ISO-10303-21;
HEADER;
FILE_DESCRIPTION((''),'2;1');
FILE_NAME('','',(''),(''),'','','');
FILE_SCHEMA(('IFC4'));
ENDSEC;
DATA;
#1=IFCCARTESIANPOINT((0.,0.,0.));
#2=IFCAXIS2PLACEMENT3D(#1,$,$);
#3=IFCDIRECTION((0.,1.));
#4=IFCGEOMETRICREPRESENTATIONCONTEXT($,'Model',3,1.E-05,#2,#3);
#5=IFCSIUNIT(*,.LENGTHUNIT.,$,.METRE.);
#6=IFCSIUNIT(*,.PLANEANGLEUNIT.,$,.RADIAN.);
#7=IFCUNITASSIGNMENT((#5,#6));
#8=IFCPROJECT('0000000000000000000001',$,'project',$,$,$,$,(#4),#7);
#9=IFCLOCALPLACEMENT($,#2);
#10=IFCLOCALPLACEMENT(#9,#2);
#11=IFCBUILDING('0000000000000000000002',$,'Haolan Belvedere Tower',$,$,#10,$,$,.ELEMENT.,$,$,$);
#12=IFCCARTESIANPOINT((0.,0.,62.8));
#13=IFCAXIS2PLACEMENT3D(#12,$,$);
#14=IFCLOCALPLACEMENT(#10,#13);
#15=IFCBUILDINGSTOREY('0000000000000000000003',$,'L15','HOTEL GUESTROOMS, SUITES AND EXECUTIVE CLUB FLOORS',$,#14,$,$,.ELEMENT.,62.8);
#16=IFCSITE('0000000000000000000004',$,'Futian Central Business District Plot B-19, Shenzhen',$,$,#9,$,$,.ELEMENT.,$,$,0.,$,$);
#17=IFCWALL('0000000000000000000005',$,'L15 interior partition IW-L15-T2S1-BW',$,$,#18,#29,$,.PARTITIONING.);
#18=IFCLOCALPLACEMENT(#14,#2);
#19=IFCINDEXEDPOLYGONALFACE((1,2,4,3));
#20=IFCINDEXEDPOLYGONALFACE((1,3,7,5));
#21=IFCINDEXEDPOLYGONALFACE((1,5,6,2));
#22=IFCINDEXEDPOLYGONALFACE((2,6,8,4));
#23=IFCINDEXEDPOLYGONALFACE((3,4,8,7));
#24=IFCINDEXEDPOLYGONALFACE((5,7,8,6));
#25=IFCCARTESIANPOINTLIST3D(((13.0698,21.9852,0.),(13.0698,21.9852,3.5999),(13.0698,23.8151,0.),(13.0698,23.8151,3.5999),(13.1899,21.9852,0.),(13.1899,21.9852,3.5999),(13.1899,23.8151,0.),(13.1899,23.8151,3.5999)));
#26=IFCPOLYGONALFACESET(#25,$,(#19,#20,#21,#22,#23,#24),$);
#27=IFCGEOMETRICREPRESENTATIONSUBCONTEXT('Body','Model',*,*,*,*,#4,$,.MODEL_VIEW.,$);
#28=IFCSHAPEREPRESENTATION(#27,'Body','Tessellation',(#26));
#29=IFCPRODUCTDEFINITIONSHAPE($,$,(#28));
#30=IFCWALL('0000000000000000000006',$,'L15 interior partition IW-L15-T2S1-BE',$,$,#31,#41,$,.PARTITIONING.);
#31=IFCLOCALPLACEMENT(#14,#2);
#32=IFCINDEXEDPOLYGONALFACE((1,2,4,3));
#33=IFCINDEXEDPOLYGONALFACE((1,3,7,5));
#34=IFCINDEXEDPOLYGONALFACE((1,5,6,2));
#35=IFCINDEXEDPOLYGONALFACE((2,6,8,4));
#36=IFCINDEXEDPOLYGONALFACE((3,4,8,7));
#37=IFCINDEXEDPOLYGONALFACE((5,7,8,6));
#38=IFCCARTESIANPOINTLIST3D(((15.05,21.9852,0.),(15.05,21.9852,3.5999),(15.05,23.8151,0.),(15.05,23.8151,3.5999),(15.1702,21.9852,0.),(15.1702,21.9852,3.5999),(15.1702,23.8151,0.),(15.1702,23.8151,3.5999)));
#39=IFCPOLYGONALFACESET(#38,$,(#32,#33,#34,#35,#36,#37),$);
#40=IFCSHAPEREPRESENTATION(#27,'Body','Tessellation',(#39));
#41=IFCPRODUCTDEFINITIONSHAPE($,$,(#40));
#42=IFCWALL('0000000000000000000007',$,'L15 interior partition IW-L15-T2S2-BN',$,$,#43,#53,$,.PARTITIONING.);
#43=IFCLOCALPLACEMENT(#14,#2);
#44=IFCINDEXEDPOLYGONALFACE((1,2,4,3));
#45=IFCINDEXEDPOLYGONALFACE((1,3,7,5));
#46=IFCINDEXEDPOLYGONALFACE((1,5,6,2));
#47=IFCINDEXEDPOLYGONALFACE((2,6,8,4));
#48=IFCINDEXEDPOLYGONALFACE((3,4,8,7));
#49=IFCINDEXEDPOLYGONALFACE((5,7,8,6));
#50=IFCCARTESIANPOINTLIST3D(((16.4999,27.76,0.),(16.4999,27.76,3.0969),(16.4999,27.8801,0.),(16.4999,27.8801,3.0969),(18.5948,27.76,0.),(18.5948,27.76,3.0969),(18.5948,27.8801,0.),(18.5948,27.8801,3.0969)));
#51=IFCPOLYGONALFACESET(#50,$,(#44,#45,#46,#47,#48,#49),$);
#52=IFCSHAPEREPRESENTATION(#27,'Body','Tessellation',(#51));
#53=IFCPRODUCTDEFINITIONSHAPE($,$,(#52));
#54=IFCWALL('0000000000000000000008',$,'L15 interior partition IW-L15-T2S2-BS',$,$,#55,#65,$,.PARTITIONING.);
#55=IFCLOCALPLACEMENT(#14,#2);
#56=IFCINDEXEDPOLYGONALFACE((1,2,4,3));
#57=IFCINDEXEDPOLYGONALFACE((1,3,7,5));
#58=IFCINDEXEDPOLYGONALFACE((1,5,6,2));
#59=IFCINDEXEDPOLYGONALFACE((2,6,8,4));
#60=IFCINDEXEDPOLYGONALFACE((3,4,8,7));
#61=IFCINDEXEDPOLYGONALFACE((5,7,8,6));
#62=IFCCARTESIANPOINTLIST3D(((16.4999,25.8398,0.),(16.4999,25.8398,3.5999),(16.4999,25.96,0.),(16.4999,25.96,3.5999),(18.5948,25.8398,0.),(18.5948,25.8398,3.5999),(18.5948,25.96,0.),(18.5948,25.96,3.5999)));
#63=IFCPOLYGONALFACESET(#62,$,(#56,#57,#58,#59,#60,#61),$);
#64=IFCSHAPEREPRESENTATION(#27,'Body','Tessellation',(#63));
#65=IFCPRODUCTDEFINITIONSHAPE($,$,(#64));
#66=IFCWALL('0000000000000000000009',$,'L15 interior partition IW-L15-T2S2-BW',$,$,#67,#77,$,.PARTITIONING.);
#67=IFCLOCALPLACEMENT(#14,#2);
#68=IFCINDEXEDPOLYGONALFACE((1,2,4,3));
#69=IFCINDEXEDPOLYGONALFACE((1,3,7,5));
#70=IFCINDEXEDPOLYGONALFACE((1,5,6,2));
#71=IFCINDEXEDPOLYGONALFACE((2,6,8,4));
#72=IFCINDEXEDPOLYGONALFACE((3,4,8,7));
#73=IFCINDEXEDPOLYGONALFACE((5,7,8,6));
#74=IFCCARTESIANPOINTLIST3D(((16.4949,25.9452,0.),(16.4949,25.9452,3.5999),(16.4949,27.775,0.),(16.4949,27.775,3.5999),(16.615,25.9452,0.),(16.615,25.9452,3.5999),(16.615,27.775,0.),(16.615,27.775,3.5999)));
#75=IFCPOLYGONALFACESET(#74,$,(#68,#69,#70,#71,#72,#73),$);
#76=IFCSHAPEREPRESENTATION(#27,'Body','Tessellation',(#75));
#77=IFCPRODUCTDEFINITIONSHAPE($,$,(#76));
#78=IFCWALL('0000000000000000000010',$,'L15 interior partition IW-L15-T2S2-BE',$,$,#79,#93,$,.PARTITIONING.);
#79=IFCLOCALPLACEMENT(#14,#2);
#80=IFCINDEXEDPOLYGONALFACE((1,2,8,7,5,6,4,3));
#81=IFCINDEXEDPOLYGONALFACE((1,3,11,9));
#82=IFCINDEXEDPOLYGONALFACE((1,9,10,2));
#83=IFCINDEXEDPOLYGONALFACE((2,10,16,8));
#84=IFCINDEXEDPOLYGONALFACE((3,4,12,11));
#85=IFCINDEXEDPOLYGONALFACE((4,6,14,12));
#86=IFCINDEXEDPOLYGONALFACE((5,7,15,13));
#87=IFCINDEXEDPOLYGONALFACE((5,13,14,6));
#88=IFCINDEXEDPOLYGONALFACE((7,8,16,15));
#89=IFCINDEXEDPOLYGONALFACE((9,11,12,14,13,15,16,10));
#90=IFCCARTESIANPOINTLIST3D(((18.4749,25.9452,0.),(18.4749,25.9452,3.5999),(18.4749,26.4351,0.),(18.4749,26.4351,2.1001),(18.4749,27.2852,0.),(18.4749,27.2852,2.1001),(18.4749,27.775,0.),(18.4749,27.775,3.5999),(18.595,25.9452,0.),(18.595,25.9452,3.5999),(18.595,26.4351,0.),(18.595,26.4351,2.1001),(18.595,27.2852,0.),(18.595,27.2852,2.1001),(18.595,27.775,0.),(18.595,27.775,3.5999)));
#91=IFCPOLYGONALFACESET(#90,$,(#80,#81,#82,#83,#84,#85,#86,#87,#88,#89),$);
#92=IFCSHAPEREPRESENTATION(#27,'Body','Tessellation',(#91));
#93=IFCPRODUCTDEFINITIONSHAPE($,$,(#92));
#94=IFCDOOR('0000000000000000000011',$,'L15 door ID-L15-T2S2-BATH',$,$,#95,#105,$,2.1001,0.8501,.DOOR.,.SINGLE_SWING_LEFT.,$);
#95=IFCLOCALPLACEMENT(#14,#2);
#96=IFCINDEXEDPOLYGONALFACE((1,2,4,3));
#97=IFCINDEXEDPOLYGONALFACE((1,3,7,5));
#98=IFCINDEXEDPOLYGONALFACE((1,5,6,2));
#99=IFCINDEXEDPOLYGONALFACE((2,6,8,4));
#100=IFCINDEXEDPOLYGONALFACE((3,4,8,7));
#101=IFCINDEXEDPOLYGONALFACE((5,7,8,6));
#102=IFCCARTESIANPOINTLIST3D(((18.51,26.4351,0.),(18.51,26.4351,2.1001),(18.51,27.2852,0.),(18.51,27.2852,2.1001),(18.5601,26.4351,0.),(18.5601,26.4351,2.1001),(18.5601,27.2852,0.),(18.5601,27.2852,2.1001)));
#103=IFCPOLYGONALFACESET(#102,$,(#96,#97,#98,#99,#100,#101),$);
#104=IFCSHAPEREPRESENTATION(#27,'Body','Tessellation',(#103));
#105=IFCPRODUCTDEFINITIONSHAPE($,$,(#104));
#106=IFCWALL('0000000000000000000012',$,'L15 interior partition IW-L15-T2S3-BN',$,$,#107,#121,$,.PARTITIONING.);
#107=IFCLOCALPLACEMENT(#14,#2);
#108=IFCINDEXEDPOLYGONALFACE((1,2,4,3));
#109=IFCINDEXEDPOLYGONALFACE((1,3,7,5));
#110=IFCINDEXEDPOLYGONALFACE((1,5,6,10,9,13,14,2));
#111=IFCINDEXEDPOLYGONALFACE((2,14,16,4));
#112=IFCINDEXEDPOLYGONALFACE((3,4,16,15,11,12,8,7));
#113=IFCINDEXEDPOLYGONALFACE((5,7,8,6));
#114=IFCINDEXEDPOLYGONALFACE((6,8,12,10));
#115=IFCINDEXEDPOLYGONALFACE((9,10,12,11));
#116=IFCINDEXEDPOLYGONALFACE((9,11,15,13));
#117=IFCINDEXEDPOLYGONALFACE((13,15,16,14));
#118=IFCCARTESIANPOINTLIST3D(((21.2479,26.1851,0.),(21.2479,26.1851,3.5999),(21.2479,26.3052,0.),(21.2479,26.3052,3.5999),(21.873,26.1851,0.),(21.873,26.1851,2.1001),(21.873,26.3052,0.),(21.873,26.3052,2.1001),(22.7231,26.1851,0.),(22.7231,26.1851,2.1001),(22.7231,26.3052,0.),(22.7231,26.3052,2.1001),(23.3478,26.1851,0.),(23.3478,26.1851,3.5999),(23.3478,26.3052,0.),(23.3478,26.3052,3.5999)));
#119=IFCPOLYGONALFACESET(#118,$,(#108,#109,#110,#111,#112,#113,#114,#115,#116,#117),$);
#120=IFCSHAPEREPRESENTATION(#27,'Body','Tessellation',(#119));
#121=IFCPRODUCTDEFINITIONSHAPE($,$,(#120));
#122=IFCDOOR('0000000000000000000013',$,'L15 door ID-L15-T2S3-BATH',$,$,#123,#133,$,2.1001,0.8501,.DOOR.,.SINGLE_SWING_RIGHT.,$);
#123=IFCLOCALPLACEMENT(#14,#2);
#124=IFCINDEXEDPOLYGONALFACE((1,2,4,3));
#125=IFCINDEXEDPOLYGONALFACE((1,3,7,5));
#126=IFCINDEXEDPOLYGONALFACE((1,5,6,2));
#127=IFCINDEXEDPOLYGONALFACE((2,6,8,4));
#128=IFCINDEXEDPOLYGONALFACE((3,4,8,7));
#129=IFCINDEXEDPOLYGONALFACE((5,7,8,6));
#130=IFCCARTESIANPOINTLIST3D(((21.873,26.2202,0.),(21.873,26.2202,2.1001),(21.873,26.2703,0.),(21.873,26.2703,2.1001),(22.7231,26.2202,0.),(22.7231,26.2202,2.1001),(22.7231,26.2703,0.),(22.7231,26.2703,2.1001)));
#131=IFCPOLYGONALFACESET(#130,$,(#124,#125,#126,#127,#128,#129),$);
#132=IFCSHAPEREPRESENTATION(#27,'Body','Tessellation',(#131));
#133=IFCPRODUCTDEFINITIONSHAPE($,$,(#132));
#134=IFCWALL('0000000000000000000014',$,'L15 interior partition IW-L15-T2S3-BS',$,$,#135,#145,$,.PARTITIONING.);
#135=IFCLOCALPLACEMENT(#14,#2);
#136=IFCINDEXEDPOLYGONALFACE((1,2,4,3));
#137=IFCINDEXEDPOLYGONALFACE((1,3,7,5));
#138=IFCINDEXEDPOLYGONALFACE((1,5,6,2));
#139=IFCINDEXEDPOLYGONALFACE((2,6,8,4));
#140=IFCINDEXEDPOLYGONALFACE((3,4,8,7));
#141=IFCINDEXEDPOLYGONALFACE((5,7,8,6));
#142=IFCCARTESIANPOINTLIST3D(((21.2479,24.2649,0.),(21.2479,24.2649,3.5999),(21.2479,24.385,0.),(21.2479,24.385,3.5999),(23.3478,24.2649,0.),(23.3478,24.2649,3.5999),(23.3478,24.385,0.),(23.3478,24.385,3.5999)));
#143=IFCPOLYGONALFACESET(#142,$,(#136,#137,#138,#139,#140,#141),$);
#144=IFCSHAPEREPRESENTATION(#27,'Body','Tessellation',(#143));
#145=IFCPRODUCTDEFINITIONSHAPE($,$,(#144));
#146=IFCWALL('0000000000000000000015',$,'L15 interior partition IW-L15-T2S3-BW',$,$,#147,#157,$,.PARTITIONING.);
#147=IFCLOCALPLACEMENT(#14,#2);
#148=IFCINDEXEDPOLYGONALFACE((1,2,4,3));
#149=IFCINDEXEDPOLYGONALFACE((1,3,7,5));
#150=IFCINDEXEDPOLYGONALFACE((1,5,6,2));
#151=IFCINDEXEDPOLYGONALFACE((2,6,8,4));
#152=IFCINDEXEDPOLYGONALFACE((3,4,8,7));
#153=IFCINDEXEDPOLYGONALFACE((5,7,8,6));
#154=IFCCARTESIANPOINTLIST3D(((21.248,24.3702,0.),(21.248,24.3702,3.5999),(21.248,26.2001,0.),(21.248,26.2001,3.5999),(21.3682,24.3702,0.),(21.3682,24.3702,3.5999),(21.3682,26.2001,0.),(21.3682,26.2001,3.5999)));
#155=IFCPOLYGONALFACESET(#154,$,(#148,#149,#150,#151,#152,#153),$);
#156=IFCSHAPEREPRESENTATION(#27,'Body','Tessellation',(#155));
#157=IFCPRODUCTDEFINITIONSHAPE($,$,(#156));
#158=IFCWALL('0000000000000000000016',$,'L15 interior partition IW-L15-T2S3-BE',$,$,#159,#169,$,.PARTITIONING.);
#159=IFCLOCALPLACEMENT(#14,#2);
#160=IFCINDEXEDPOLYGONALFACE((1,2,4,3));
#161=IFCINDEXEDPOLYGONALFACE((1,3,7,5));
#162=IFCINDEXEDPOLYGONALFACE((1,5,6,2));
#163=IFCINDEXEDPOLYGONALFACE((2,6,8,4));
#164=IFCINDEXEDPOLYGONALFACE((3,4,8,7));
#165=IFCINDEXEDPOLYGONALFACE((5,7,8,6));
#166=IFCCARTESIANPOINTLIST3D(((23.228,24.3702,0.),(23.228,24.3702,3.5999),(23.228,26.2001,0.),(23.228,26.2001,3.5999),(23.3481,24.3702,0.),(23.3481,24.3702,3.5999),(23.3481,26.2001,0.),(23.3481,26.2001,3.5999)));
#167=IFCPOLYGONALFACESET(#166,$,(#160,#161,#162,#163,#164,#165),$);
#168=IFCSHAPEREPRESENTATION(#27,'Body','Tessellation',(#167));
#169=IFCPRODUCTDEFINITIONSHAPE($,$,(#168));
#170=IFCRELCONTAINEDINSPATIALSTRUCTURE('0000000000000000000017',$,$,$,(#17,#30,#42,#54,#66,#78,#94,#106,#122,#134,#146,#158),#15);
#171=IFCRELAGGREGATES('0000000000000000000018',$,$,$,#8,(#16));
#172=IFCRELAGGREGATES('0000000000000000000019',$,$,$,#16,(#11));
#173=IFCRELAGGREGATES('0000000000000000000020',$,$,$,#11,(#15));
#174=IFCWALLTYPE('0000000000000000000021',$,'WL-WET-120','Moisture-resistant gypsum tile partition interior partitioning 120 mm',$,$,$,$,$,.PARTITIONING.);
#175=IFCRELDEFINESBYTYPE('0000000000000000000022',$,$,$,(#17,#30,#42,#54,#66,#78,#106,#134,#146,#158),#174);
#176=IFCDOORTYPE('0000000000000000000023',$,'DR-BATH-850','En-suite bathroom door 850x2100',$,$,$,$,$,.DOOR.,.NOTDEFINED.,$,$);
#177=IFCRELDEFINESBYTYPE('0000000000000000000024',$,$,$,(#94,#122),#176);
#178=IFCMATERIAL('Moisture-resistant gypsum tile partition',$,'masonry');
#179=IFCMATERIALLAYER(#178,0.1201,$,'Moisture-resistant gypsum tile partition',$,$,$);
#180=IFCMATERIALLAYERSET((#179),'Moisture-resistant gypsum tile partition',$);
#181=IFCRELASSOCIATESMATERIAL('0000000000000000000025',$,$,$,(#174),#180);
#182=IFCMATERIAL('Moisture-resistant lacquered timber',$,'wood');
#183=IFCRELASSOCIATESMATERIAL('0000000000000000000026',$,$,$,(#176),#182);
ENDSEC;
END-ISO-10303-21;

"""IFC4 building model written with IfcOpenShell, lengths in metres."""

from ifc_helpers import new_model, si_unit, direction, frame, frame_2d, origin, place, context, subcontext, project, spatial, rectangle, extrude, material, layer, layer_set, type_object, element, fill, save


model = new_model("IFC4")

# Units and contexts
model_context = context("Model", 3, precision=1e-05, world=origin(), true_north=direction((0.0, 1.0)))
body_context = subcontext(model_context, "Body", "Model", "MODEL_VIEW")
ifc_project = project(units=[si_unit("LENGTHUNIT", "METRE"), si_unit("PLANEANGLEUNIT", "RADIAN")], contexts=[model_context])

# Site, building, storey
site_placement = place(None, origin())
site = spatial("IfcSite", under=ifc_project, at=site_placement, Name="Futian Central Business District Plot B-19, Shenzhen", CompositionType="ELEMENT", RefElevation=0.0)
building_placement = place(site_placement, origin())
building = spatial("IfcBuilding", under=site, at=building_placement, Name="Haolan Belvedere Tower", CompositionType="ELEMENT")
storey_placement = place(building_placement, frame((0.0, 0.0, 62.8)))
storey = spatial("IfcBuildingStorey", under=building, at=storey_placement, Name="L15", Description="HOTEL GUESTROOMS, SUITES AND EXECUTIVE CLUB FLOORS", CompositionType="ELEMENT", Elevation=62.8)

# Walls
ifc_material_1 = material(Name="Moisture-resistant gypsum tile partition", Category="masonry")
ifc_layer_1 = layer(ifc_material_1, 0.1201, Name="Moisture-resistant gypsum tile partition")
ifc_layer_set_1 = layer_set([ifc_layer_1], Name="Moisture-resistant gypsum tile partition")
wall_type_1 = type_object("IfcWallType", Name="WL-WET-120", Description="Moisture-resistant gypsum tile partition interior partitioning 120 mm", PredefinedType="PARTITIONING", material=ifc_layer_set_1)
for number, where, z_axis, x_axis, name in (
    (1, (13.1299, 21.9851, 0.0), (0.0, 0.0, 1.0), (0.0, 1.0, 0.0), "L15 interior partition IW-L15-T2S1-BW"),
    (2, (15.1101, 21.9851, 0.0), (0.0, 0.0, 1.0), (0.0, 1.0, 0.0), "L15 interior partition IW-L15-T2S1-BE"),
):
    element("IfcWall", number, at=place(storey_placement, frame(where, z_axis=z_axis, x_axis=x_axis)), inside=storey, type_object=wall_type_1, Name=name, PredefinedType="PARTITIONING", context=body_context, shape_type="SweptSolid", body=[
        extrude(rectangle(XDim=1.8298, YDim=0.1201, at=frame_2d((0.915, 0.0))), origin(), (0.0, 0.0, 1.0), 3.5999),
    ])
wall_1_placement = place(storey_placement, frame((16.5, 27.8201, 0.0), z_axis=(0.0, 0.0, 1.0), x_axis=(1.0, 0.0, 0.0)))
element("IfcWall", 3, at=wall_1_placement, inside=storey, type_object=wall_type_1, Name="L15 interior partition IW-L15-T2S2-BN", PredefinedType="PARTITIONING", context=body_context, shape_type="SweptSolid", body=[
    extrude(rectangle(XDim=2.095, YDim=0.1201, at=frame_2d((1.0474, 0.0))), origin(), (0.0, 0.0, 1.0), 3.0969),
])
wall_2_placement = place(storey_placement, frame((16.5, 25.8999, 0.0), z_axis=(0.0, 0.0, 1.0), x_axis=(1.0, 0.0, 0.0)))
element("IfcWall", 4, at=wall_2_placement, inside=storey, type_object=wall_type_1, Name="L15 interior partition IW-L15-T2S2-BS", PredefinedType="PARTITIONING", context=body_context, shape_type="SweptSolid", body=[
    extrude(rectangle(XDim=2.095, YDim=0.1201, at=frame_2d((1.0474, 0.0))), origin(), (0.0, 0.0, 1.0), 3.5999),
])
wall_3_placement = place(storey_placement, frame((16.5549, 25.9451, 0.0), z_axis=(0.0, 0.0, 1.0), x_axis=(0.0, 1.0, 0.0)))
element("IfcWall", 5, at=wall_3_placement, inside=storey, type_object=wall_type_1, Name="L15 interior partition IW-L15-T2S2-BW", PredefinedType="PARTITIONING", context=body_context, shape_type="SweptSolid", body=[
    extrude(rectangle(XDim=1.8298, YDim=0.1201, at=frame_2d((0.915, 0.0))), origin(), (0.0, 0.0, 1.0), 3.5999),
])

# Walls, openings, doors
wall_4_placement = place(storey_placement, frame((18.5349, 25.9451, 0.0), z_axis=(0.0, 0.0, 1.0), x_axis=(0.0, 1.0, 0.0)))
wall_4 = element("IfcWall", 6, at=wall_4_placement, inside=storey, type_object=wall_type_1, Name="L15 interior partition IW-L15-T2S2-BE", PredefinedType="PARTITIONING", context=body_context, shape_type="SweptSolid", body=[
    extrude(rectangle(XDim=1.8298, YDim=0.1201, at=frame_2d((0.915, 0.0))), origin(), (0.0, 0.0, 1.0), 3.5999),
])
opening_1_placement = place(wall_4_placement, frame((0.49, 0.0, 0.0)))
opening_1 = element("IfcOpeningElement", 7, at=opening_1_placement, cuts=wall_4, PredefinedType="OPENING", context=body_context, shape_type="SweptSolid", body=[
    extrude(rectangle(XDim=0.8501, YDim=2.1001, at=frame_2d((0.425, 1.05))), frame((0.0, 0.0701, 0.0), z_axis=(0.0, -1.0, 0.0), x_axis=(1.0, 0.0, 0.0)), (0.0, 0.0, 1.0), 0.1401),
])
ifc_material_2 = material(Name="Moisture-resistant lacquered timber", Category="wood")
door_type_1 = type_object("IfcDoorType", Name="DR-BATH-850", Description="En-suite bathroom door 850x2100", OperationType="NOTDEFINED", PredefinedType="DOOR", material=ifc_material_2)
door_1_placement = place(opening_1_placement, origin())
door_1 = element("IfcDoor", 8, at=door_1_placement, inside=storey, type_object=door_type_1, Name="L15 door ID-L15-T2S2-BATH", OperationType="SINGLE_SWING_LEFT", OverallHeight=2.1001, OverallWidth=0.8501, PredefinedType="DOOR", context=body_context, shape_type="SweptSolid", body=[
    extrude(rectangle(XDim=0.8501, YDim=2.1001, at=frame_2d((0.425, 1.05))), frame((0.0, 0.0249, 0.0), z_axis=(0.0, -1.0, 0.0), x_axis=(1.0, 0.0, 0.0)), (0.0, 0.0, 1.0), 0.05),
])
fill(opening_1, door_1)
wall_5_placement = place(storey_placement, frame((21.248, 26.2451, 0.0), z_axis=(0.0, 0.0, 1.0), x_axis=(1.0, 0.0, 0.0)))
wall_5 = element("IfcWall", 9, at=wall_5_placement, inside=storey, type_object=wall_type_1, Name="L15 interior partition IW-L15-T2S3-BN", PredefinedType="PARTITIONING", context=body_context, shape_type="SweptSolid", body=[
    extrude(rectangle(XDim=2.0999, YDim=0.1201, at=frame_2d((1.0498, 0.0))), origin(), (0.0, 0.0, 1.0), 3.5999),
])
opening_2_placement = place(wall_5_placement, frame((1.4751, 0.0, 0.0), z_axis=(0.0, 0.0, 1.0), x_axis=(-1.0, 0.0, 0.0)))
opening_2 = element("IfcOpeningElement", 10, at=opening_2_placement, cuts=wall_5, PredefinedType="OPENING", context=body_context, shape_type="SweptSolid", body=[
    extrude(rectangle(XDim=0.8501, YDim=2.1001, at=frame_2d((0.425, 1.05))), frame((0.0, 0.0701, 0.0), z_axis=(0.0, -1.0, 0.0), x_axis=(1.0, 0.0, 0.0)), (0.0, 0.0, 1.0), 0.1401),
])
door_2_placement = place(opening_2_placement, origin())
door_2 = element("IfcDoor", 11, at=door_2_placement, inside=storey, type_object=door_type_1, Name="L15 door ID-L15-T2S3-BATH", OperationType="SINGLE_SWING_RIGHT", OverallHeight=2.1001, OverallWidth=0.8501, PredefinedType="DOOR", context=body_context, shape_type="SweptSolid", body=[
    extrude(rectangle(XDim=0.8501, YDim=2.1001, at=frame_2d((0.425, 1.05))), frame((0.0, 0.0249, 0.0), z_axis=(0.0, -1.0, 0.0), x_axis=(1.0, 0.0, 0.0)), (0.0, 0.0, 1.0), 0.05),
])
fill(opening_2, door_2)

# Walls
wall_6_placement = place(storey_placement, frame((21.248, 24.325, 0.0), z_axis=(0.0, 0.0, 1.0), x_axis=(1.0, 0.0, 0.0)))
element("IfcWall", 12, at=wall_6_placement, inside=storey, type_object=wall_type_1, Name="L15 interior partition IW-L15-T2S3-BS", PredefinedType="PARTITIONING", context=body_context, shape_type="SweptSolid", body=[
    extrude(rectangle(XDim=2.0999, YDim=0.1201, at=frame_2d((1.0498, 0.0))), origin(), (0.0, 0.0, 1.0), 3.5999),
])
for number, where, z_axis, x_axis, name in (
    (13, (21.3081, 24.3701, 0.0), (0.0, 0.0, 1.0), (0.0, 1.0, 0.0), "L15 interior partition IW-L15-T2S3-BW"),
    (14, (23.2881, 24.3701, 0.0), (0.0, 0.0, 1.0), (0.0, 1.0, 0.0), "L15 interior partition IW-L15-T2S3-BE"),
):
    element("IfcWall", number, at=place(storey_placement, frame(where, z_axis=z_axis, x_axis=x_axis)), inside=storey, type_object=wall_type_1, Name=name, PredefinedType="PARTITIONING", context=body_context, shape_type="SweptSolid", body=[
        extrude(rectangle(XDim=1.8298, YDim=0.1201, at=frame_2d((0.915, 0.0))), origin(), (0.0, 0.0, 1.0), 3.5999),
    ])

save(model, "model.ifc")
